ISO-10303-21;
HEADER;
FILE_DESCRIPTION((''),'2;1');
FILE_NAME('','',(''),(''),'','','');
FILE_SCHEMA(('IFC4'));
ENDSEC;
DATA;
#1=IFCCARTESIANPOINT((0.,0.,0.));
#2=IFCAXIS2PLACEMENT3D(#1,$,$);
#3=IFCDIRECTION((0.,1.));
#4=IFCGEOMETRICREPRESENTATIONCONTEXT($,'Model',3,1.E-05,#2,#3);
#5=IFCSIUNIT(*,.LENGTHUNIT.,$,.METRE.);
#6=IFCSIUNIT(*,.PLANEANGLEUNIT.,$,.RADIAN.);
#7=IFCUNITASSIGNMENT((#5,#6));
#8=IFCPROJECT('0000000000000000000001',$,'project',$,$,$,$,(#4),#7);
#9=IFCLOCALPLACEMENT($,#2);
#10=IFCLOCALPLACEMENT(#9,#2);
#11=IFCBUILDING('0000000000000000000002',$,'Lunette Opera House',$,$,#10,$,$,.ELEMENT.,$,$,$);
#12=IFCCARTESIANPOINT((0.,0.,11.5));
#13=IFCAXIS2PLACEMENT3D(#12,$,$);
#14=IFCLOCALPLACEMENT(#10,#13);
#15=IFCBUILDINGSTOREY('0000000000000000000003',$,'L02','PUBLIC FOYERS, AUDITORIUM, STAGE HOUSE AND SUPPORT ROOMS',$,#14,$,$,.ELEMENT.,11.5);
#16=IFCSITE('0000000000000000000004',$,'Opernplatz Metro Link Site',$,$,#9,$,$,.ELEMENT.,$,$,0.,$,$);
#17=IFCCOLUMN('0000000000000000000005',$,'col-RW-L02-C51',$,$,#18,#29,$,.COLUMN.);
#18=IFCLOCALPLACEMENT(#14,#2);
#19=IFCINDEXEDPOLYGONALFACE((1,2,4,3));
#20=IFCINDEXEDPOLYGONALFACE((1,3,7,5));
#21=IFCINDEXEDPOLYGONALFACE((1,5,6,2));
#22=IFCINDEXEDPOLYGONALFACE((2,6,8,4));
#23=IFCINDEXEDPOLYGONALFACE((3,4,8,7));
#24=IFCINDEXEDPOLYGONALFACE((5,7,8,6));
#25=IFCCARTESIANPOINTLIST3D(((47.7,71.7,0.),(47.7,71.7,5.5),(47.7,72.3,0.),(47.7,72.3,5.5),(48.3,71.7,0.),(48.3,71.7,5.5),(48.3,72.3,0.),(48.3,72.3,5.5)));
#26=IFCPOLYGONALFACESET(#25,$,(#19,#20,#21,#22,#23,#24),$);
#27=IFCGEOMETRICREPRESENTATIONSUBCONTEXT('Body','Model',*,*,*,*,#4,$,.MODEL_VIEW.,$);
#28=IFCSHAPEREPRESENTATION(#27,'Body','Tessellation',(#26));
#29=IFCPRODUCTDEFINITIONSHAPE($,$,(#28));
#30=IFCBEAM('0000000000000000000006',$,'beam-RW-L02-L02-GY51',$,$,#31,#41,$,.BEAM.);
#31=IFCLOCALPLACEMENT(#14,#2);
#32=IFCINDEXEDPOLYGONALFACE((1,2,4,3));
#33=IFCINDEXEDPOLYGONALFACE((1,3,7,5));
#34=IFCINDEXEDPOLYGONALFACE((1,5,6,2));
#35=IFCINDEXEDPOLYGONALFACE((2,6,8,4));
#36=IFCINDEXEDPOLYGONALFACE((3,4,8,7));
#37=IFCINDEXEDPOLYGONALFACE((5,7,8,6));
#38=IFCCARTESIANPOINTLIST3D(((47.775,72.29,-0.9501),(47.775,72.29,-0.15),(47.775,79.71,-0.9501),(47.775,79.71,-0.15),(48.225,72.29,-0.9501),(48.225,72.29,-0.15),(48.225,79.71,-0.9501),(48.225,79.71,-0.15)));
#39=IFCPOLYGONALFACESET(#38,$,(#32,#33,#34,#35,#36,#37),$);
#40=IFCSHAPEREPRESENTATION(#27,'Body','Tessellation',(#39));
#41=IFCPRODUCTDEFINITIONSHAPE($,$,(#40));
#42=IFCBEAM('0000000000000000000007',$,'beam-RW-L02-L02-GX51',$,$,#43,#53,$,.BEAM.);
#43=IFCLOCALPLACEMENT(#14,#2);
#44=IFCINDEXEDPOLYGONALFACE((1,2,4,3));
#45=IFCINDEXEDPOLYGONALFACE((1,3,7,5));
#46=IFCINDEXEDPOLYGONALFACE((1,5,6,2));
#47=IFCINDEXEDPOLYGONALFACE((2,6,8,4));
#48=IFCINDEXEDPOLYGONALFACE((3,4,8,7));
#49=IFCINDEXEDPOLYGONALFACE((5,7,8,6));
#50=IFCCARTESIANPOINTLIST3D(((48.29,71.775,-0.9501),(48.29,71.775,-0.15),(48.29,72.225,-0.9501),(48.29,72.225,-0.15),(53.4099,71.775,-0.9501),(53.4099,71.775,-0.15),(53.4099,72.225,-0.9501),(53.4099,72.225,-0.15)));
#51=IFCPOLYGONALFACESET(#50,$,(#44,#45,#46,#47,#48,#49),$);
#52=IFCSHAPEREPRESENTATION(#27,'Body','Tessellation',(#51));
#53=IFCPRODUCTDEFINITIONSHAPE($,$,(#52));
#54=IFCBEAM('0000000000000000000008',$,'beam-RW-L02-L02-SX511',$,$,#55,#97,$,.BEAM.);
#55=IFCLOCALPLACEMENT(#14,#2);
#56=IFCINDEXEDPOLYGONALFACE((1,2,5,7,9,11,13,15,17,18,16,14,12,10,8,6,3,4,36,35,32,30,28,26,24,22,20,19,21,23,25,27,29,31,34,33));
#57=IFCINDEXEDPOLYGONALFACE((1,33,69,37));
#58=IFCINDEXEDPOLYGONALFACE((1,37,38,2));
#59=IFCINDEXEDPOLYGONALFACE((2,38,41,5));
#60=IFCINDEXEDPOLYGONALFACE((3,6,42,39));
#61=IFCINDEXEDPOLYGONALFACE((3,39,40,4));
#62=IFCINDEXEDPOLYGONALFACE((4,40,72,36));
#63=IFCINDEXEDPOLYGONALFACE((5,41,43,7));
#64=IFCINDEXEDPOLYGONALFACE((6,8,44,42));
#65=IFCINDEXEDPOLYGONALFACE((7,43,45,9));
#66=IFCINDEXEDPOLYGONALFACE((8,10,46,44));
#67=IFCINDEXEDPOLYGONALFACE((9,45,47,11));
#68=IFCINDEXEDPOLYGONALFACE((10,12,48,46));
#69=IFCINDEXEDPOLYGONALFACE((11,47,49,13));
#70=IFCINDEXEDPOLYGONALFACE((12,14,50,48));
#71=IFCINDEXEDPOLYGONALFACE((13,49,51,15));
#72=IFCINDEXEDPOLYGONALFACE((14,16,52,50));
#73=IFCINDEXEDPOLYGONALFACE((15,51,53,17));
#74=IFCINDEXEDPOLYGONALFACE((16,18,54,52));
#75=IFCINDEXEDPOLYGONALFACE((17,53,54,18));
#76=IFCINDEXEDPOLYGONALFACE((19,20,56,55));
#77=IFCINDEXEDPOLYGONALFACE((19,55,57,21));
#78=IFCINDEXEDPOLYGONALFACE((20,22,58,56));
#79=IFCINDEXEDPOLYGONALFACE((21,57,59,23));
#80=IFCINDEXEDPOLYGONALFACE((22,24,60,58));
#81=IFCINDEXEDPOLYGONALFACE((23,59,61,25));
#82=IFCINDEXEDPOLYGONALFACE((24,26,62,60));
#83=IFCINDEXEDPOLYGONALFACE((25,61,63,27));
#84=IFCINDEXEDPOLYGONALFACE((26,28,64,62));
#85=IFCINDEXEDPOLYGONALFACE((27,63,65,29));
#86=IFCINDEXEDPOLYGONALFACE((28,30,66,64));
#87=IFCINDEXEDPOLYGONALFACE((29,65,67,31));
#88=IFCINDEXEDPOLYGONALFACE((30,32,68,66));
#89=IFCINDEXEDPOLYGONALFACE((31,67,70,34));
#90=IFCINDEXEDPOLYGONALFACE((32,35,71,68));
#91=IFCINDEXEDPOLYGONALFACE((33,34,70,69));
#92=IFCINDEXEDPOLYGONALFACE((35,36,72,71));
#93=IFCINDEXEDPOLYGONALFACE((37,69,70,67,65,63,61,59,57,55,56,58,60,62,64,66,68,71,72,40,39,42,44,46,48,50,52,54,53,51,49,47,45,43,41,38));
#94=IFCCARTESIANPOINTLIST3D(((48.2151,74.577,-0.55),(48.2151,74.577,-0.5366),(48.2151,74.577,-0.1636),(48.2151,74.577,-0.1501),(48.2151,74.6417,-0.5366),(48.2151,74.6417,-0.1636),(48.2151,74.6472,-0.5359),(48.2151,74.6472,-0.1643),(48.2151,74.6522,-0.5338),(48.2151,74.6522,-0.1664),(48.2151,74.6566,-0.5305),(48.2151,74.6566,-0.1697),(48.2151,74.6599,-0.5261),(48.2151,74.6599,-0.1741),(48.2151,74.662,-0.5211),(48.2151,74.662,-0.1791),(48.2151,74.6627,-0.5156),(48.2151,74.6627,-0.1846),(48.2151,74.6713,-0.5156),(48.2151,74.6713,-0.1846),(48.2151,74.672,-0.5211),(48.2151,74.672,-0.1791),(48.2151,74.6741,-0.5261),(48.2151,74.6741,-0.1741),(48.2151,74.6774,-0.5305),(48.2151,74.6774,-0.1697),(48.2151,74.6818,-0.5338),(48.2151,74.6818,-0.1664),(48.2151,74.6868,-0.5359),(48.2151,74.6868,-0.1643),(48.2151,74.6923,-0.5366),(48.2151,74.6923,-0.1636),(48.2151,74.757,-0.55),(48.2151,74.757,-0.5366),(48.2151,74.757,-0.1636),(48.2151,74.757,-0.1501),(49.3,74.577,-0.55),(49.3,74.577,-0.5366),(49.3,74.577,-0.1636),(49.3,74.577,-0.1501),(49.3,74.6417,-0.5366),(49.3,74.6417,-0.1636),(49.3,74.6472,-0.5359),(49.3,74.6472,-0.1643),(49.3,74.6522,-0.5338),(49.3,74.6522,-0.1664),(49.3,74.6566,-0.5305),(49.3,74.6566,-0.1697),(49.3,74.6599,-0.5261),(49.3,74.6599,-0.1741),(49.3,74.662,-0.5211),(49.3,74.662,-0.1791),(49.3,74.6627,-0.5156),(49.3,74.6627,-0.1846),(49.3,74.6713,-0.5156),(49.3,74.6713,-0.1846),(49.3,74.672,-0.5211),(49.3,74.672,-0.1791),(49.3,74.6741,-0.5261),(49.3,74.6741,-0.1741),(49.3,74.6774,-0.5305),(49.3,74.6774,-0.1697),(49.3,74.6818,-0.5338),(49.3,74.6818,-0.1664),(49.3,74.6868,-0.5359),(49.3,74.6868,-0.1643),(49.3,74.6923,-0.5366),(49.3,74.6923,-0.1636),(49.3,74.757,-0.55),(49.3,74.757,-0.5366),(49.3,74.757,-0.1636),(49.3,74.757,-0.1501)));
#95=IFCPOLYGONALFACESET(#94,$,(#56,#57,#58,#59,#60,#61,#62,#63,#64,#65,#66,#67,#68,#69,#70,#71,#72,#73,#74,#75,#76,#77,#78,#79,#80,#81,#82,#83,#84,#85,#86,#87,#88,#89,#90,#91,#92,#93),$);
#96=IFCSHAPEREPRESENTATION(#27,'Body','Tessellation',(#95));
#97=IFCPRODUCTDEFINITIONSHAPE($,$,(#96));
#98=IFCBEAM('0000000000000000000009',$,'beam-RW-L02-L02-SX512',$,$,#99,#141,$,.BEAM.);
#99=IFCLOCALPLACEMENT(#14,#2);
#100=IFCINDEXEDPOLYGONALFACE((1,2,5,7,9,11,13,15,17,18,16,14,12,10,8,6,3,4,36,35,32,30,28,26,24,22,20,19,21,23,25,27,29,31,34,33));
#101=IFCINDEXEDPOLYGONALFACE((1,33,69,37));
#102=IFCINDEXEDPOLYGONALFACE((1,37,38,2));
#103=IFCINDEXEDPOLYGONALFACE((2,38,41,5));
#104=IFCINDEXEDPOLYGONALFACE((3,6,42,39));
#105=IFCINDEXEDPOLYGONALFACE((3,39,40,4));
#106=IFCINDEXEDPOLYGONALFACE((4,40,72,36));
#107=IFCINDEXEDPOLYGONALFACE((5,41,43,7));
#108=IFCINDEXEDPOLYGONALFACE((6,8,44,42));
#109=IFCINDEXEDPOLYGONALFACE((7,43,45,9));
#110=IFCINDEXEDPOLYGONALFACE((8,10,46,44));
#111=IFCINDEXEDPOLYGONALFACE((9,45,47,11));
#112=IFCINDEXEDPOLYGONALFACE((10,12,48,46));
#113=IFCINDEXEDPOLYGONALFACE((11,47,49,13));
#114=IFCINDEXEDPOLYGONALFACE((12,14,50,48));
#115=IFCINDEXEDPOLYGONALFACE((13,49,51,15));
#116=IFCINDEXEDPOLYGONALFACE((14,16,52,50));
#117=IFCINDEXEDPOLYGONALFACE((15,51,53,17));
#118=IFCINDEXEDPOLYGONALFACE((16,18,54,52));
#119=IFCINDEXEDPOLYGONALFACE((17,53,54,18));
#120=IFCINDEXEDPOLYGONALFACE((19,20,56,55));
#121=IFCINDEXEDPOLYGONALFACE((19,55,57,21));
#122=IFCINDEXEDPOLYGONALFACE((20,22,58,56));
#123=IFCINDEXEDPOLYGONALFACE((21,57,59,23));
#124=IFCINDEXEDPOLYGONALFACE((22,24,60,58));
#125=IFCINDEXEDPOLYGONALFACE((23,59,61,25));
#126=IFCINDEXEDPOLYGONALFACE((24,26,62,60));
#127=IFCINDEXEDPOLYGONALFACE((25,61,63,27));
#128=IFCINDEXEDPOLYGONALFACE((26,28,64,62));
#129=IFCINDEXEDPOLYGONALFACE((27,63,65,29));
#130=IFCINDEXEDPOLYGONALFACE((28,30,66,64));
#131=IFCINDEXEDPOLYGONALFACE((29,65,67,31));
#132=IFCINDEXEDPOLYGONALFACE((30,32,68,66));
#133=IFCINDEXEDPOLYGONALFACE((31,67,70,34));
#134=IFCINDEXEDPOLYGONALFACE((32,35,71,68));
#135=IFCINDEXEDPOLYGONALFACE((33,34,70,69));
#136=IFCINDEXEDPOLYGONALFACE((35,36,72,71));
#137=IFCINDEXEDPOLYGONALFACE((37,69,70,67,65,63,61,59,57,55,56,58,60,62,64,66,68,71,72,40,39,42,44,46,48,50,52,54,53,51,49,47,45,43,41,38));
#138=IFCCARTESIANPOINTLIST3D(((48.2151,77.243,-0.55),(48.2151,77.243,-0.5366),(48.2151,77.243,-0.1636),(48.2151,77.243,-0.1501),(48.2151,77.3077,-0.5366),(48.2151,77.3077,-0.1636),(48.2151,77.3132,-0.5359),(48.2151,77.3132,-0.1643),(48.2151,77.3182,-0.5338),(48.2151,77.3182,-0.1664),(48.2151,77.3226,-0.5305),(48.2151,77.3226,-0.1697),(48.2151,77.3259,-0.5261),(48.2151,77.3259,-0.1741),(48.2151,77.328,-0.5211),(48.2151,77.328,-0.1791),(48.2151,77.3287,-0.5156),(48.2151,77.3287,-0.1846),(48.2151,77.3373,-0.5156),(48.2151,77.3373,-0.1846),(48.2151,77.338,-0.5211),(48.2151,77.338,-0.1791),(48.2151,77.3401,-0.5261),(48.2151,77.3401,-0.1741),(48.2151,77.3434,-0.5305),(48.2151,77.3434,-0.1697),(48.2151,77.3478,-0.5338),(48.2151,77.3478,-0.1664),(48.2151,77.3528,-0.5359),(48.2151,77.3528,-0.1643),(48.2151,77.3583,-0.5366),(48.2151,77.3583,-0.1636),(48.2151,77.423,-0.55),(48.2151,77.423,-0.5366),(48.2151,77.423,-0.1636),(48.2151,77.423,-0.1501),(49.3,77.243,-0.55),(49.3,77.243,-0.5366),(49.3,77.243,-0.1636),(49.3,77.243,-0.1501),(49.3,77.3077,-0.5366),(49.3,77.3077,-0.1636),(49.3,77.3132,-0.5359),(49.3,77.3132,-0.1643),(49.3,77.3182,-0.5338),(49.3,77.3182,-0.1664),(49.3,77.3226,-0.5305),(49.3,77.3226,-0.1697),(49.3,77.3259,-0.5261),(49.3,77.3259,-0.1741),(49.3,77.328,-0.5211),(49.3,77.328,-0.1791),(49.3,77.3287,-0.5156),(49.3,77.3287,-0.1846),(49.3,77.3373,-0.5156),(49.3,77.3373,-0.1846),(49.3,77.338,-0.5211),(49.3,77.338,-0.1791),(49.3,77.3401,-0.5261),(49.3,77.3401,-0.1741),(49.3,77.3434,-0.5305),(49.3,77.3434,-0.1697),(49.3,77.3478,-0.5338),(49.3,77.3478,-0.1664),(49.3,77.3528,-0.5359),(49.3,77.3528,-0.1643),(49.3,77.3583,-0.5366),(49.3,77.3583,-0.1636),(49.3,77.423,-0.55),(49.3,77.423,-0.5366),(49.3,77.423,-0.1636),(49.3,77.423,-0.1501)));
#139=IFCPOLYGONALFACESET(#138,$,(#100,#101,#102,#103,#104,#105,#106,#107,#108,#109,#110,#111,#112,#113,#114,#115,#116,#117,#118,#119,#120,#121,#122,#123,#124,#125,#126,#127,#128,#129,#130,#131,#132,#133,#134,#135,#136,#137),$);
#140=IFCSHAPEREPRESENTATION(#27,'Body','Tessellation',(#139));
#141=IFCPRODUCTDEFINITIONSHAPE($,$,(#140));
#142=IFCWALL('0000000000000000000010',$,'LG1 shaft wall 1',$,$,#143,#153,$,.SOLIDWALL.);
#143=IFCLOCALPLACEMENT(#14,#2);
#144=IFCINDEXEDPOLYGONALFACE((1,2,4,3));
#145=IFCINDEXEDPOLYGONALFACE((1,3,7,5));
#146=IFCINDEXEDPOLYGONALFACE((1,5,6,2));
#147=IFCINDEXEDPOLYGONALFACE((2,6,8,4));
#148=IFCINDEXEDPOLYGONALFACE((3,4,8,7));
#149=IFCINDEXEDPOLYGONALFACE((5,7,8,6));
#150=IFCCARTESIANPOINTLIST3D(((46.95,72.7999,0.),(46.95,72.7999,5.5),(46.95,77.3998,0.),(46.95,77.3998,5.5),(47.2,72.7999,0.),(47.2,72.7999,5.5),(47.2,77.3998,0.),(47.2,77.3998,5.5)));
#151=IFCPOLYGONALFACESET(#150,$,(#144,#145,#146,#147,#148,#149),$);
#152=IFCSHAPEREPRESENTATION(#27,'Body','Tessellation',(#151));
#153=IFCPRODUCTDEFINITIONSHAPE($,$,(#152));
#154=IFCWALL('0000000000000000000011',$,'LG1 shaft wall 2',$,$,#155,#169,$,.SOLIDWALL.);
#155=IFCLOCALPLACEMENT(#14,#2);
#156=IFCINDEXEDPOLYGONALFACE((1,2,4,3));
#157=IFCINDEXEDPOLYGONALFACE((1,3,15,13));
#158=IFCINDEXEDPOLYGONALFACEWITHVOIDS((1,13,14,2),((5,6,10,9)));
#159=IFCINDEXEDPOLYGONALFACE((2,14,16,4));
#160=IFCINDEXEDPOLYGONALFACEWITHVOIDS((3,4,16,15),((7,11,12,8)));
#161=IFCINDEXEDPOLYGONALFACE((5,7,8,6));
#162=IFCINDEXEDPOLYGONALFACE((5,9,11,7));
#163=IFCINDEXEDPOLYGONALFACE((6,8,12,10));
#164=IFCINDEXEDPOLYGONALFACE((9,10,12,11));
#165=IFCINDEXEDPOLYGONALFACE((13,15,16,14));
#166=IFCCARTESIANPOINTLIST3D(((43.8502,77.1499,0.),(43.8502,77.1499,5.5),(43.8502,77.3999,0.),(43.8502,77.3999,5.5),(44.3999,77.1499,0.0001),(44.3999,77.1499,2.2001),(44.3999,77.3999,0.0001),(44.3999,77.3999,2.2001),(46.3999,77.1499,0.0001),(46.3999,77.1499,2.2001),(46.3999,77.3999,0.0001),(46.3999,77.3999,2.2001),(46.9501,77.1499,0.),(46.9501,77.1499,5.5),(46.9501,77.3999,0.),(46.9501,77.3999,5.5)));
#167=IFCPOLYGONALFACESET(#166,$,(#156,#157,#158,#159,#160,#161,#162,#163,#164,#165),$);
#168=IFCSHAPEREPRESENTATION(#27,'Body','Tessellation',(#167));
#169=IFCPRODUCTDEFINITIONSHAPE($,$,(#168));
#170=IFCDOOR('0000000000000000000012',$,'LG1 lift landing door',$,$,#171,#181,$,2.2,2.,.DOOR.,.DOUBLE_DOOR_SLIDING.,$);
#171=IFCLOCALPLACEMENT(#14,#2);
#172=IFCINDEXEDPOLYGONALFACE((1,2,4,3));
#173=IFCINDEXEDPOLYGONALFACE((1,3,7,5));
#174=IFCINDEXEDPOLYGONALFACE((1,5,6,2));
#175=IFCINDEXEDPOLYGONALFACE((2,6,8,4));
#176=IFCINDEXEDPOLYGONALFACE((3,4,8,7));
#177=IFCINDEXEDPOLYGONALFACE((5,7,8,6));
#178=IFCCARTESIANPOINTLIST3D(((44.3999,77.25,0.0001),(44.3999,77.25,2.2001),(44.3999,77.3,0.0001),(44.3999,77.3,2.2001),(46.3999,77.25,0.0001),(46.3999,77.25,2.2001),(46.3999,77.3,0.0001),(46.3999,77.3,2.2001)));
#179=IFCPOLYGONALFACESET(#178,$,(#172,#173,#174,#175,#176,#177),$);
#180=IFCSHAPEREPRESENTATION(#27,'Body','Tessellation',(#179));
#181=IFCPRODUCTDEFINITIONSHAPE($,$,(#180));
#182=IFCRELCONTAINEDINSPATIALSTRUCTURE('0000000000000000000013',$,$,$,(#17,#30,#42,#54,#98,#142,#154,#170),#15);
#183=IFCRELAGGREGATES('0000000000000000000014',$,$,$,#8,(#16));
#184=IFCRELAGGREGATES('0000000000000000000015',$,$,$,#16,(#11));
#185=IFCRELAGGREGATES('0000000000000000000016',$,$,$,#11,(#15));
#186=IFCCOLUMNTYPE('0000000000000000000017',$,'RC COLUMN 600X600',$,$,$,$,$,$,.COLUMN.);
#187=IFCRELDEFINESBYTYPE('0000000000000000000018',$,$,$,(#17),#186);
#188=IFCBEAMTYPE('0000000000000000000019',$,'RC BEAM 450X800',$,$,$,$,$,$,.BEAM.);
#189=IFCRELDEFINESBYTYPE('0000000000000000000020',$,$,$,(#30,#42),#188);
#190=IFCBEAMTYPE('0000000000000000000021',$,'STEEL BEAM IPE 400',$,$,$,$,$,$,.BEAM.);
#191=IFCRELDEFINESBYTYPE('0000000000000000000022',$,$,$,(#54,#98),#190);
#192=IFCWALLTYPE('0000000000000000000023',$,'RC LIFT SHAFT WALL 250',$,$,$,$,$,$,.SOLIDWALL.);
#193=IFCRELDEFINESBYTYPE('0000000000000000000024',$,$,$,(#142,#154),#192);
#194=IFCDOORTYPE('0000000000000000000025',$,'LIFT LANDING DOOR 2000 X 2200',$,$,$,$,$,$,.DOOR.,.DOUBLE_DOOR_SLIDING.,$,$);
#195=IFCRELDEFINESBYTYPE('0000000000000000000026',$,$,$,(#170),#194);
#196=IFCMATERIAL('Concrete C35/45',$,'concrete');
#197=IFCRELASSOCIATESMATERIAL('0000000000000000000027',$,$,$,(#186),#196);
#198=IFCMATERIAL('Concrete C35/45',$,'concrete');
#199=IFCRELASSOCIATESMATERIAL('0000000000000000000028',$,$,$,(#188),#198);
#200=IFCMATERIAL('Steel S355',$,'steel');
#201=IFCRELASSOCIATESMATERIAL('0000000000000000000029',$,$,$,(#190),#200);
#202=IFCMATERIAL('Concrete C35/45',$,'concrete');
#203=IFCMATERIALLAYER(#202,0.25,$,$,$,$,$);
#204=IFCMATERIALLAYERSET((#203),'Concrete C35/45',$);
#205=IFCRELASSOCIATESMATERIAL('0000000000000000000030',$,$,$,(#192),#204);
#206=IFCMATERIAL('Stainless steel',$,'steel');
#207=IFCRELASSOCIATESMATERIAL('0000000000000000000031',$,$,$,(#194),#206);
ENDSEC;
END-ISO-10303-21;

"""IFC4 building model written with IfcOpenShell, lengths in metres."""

from ifc_helpers import new_model, si_unit, direction, frame, frame_2d, origin, origin_2d, place, context, subcontext, project, spatial, rectangle, i_section, extrude, material, layer, layer_set, material_profile, profile_set, type_object, element, fill, save


model = new_model("IFC4")

# Units and contexts
model_context = context("Model", 3, precision=1e-05, world=origin(), true_north=direction((0.0, 1.0)))
body_context = subcontext(model_context, "Body", "Model", "MODEL_VIEW")
ifc_project = project(units=[si_unit("LENGTHUNIT", "METRE"), si_unit("PLANEANGLEUNIT", "RADIAN")], contexts=[model_context])

# Site, building, storey
site_placement = place(None, origin())
site = spatial("IfcSite", under=ifc_project, at=site_placement, Name="Opernplatz Metro Link Site", CompositionType="ELEMENT", RefElevation=0.0)
building_placement = place(site_placement, origin())
building = spatial("IfcBuilding", under=site, at=building_placement, Name="Lunette Opera House", CompositionType="ELEMENT")
storey_placement = place(building_placement, frame((0.0, 0.0, 11.5)))
storey = spatial("IfcBuildingStorey", under=building, at=storey_placement, Name="L02", Description="PUBLIC FOYERS, AUDITORIUM, STAGE HOUSE AND SUPPORT ROOMS", CompositionType="ELEMENT", Elevation=11.5)

# Column
ifc_material_1 = material(Name="Concrete C35/45", Category="concrete")
ifc_material_profile_1 = material_profile(ifc_material_1, rectangle(XDim=0.6001, YDim=0.6001, at=origin_2d()), Name="RC COLUMN 600X600")
ifc_profile_set_1 = profile_set([ifc_material_profile_1], Name="Concrete C35/45")
column_type = type_object("IfcColumnType", Name="RC COLUMN 600X600", PredefinedType="COLUMN", material=ifc_profile_set_1)
column_placement = place(storey_placement, frame((48.0, 72.0, 0.0), z_axis=(0.0, 0.0, 1.0), x_axis=(1.0, 0.0, 0.0)))
element("IfcColumn", 1, at=column_placement, inside=storey, type_object=column_type, Name="col-RW-L02-C51", PredefinedType="COLUMN", context=body_context, shape_type="SweptSolid", body=[
    extrude(rectangle(XDim=0.6001, YDim=0.6001, at=origin_2d()), origin(), (0.0, 0.0, 1.0), 5.5),
])

# Beams
ifc_material_2 = material(Name="Concrete C35/45", Category="concrete")
ifc_material_profile_2 = material_profile(ifc_material_2, rectangle(XDim=0.45, YDim=0.8, at=origin_2d()), Name="RC BEAM 450X800")
ifc_profile_set_2 = profile_set([ifc_material_profile_2], Name="Concrete C35/45")
beam_type_1 = type_object("IfcBeamType", Name="RC BEAM 450X800", PredefinedType="BEAM", material=ifc_profile_set_2)
beam_1_placement = place(storey_placement, frame((48.0, 72.29, -0.55), z_axis=(0.0, 1.0, 0.0), x_axis=(-1.0, 0.0, 0.0)))
element("IfcBeam", 2, at=beam_1_placement, inside=storey, type_object=beam_type_1, Name="beam-RW-L02-L02-GY51", PredefinedType="BEAM", context=body_context, shape_type="SweptSolid", body=[
    extrude(rectangle(XDim=0.45, YDim=0.8, at=origin_2d()), origin(), (0.0, 0.0, 1.0), 7.4199),
])
beam_2_placement = place(storey_placement, frame((48.29, 72.0, -0.55), z_axis=(1.0, 0.0, 0.0), x_axis=(0.0, 1.0, 0.0)))
element("IfcBeam", 3, at=beam_2_placement, inside=storey, type_object=beam_type_1, Name="beam-RW-L02-L02-GX51", PredefinedType="BEAM", context=body_context, shape_type="SweptSolid", body=[
    extrude(rectangle(XDim=0.45, YDim=0.8, at=origin_2d()), origin(), (0.0, 0.0, 1.0), 5.1199),
])
ifc_material_3 = material(Name="Steel S355", Category="steel")
ifc_material_profile_3 = material_profile(ifc_material_3, i_section(OverallWidth=0.1799, OverallDepth=0.3999, WebThickness=0.0085, FlangeThickness=0.0134, FilletRadius=0.021, at=origin_2d()), Name="IPE 400")
ifc_profile_set_3 = profile_set([ifc_material_profile_3], Name="Steel S355")
beam_type_2 = type_object("IfcBeamType", Name="STEEL BEAM IPE 400", PredefinedType="BEAM", material=ifc_profile_set_3)
for number, where, z_axis, x_axis, name in (
    (4, (48.2151, 74.667, -0.3501), (1.0, 0.0, 0.0), (0.0, 1.0, 0.0), "beam-RW-L02-L02-SX511"),
    (5, (48.2151, 77.333, -0.3501), (1.0, 0.0, 0.0), (0.0, 1.0, 0.0), "beam-RW-L02-L02-SX512"),
):
    element("IfcBeam", number, at=place(storey_placement, frame(where, z_axis=z_axis, x_axis=x_axis)), inside=storey, type_object=beam_type_2, Name=name, PredefinedType="BEAM", context=body_context, shape_type="SweptSolid", body=[
        extrude(i_section(OverallWidth=0.1799, OverallDepth=0.3999, WebThickness=0.0085, FlangeThickness=0.0134, FilletRadius=0.021, at=origin_2d()), origin(), (0.0, 0.0, 1.0), 1.085),
    ])

# Wall
ifc_material_4 = material(Name="Concrete C35/45", Category="concrete")
ifc_layer_1 = layer(ifc_material_4, 0.25)
ifc_layer_set_1 = layer_set([ifc_layer_1], Name="Concrete C35/45")
wall_type_1 = type_object("IfcWallType", Name="RC LIFT SHAFT WALL 250", PredefinedType="SOLIDWALL", material=ifc_layer_set_1)
wall_1_placement = place(storey_placement, frame((47.075, 72.8, 0.0), z_axis=(0.0, 0.0, 1.0), x_axis=(0.0, 1.0, 0.0)))
element("IfcWall", 6, at=wall_1_placement, inside=storey, type_object=wall_type_1, Name="LG1 shaft wall 1", PredefinedType="SOLIDWALL", context=body_context, shape_type="SweptSolid", body=[
    extrude(rectangle(XDim=4.5999, YDim=0.25, at=frame_2d((2.2998, 0.0))), origin(), (0.0, 0.0, 1.0), 5.5),
])

# Wall, opening, door
wall_2_placement = place(storey_placement, frame((46.95, 77.2749, 0.0), z_axis=(0.0, 0.0, 1.0), x_axis=(-1.0, 0.0, 0.0)))
wall_2 = element("IfcWall", 7, at=wall_2_placement, inside=storey, type_object=wall_type_1, Name="LG1 shaft wall 2", PredefinedType="SOLIDWALL", context=body_context, shape_type="SweptSolid", body=[
    extrude(rectangle(XDim=3.0999, YDim=0.25, at=frame_2d((1.5498, 0.0))), origin(), (0.0, 0.0, 1.0), 5.5),
])
opening_placement = place(wall_2_placement, frame((0.55, 0.0, 0.0)))
opening = element("IfcOpeningElement", 8, at=opening_placement, cuts=wall_2, PredefinedType="OPENING", context=body_context, shape_type="SweptSolid", body=[
    extrude(rectangle(XDim=2.0, YDim=2.2, at=frame_2d((1.0, 1.1001))), frame((0.0, 0.137, 0.0), z_axis=(0.0, -1.0, 0.0), x_axis=(1.0, 0.0, 0.0)), (0.0, 0.0, 1.0), 0.2739),
])
ifc_material_5 = material(Name="Stainless steel", Category="steel")
door_type = type_object("IfcDoorType", Name="LIFT LANDING DOOR 2000 X 2200", OperationType="DOUBLE_DOOR_SLIDING", PredefinedType="DOOR", material=ifc_material_5)
door_placement = place(opening_placement, origin())
door = element("IfcDoor", 9, at=door_placement, inside=storey, type_object=door_type, Name="LG1 lift landing door", OperationType="DOUBLE_DOOR_SLIDING", OverallHeight=2.2, OverallWidth=2.0, PredefinedType="DOOR", context=body_context, shape_type="SweptSolid", body=[
    extrude(rectangle(XDim=2.0, YDim=2.2, at=frame_2d((1.0, 1.1001))), frame((0.0, 0.0249, 0.0), z_axis=(0.0, -1.0, 0.0), x_axis=(1.0, 0.0, 0.0)), (0.0, 0.0, 1.0), 0.05),
])
fill(opening, door)

save(model, "model.ifc")
